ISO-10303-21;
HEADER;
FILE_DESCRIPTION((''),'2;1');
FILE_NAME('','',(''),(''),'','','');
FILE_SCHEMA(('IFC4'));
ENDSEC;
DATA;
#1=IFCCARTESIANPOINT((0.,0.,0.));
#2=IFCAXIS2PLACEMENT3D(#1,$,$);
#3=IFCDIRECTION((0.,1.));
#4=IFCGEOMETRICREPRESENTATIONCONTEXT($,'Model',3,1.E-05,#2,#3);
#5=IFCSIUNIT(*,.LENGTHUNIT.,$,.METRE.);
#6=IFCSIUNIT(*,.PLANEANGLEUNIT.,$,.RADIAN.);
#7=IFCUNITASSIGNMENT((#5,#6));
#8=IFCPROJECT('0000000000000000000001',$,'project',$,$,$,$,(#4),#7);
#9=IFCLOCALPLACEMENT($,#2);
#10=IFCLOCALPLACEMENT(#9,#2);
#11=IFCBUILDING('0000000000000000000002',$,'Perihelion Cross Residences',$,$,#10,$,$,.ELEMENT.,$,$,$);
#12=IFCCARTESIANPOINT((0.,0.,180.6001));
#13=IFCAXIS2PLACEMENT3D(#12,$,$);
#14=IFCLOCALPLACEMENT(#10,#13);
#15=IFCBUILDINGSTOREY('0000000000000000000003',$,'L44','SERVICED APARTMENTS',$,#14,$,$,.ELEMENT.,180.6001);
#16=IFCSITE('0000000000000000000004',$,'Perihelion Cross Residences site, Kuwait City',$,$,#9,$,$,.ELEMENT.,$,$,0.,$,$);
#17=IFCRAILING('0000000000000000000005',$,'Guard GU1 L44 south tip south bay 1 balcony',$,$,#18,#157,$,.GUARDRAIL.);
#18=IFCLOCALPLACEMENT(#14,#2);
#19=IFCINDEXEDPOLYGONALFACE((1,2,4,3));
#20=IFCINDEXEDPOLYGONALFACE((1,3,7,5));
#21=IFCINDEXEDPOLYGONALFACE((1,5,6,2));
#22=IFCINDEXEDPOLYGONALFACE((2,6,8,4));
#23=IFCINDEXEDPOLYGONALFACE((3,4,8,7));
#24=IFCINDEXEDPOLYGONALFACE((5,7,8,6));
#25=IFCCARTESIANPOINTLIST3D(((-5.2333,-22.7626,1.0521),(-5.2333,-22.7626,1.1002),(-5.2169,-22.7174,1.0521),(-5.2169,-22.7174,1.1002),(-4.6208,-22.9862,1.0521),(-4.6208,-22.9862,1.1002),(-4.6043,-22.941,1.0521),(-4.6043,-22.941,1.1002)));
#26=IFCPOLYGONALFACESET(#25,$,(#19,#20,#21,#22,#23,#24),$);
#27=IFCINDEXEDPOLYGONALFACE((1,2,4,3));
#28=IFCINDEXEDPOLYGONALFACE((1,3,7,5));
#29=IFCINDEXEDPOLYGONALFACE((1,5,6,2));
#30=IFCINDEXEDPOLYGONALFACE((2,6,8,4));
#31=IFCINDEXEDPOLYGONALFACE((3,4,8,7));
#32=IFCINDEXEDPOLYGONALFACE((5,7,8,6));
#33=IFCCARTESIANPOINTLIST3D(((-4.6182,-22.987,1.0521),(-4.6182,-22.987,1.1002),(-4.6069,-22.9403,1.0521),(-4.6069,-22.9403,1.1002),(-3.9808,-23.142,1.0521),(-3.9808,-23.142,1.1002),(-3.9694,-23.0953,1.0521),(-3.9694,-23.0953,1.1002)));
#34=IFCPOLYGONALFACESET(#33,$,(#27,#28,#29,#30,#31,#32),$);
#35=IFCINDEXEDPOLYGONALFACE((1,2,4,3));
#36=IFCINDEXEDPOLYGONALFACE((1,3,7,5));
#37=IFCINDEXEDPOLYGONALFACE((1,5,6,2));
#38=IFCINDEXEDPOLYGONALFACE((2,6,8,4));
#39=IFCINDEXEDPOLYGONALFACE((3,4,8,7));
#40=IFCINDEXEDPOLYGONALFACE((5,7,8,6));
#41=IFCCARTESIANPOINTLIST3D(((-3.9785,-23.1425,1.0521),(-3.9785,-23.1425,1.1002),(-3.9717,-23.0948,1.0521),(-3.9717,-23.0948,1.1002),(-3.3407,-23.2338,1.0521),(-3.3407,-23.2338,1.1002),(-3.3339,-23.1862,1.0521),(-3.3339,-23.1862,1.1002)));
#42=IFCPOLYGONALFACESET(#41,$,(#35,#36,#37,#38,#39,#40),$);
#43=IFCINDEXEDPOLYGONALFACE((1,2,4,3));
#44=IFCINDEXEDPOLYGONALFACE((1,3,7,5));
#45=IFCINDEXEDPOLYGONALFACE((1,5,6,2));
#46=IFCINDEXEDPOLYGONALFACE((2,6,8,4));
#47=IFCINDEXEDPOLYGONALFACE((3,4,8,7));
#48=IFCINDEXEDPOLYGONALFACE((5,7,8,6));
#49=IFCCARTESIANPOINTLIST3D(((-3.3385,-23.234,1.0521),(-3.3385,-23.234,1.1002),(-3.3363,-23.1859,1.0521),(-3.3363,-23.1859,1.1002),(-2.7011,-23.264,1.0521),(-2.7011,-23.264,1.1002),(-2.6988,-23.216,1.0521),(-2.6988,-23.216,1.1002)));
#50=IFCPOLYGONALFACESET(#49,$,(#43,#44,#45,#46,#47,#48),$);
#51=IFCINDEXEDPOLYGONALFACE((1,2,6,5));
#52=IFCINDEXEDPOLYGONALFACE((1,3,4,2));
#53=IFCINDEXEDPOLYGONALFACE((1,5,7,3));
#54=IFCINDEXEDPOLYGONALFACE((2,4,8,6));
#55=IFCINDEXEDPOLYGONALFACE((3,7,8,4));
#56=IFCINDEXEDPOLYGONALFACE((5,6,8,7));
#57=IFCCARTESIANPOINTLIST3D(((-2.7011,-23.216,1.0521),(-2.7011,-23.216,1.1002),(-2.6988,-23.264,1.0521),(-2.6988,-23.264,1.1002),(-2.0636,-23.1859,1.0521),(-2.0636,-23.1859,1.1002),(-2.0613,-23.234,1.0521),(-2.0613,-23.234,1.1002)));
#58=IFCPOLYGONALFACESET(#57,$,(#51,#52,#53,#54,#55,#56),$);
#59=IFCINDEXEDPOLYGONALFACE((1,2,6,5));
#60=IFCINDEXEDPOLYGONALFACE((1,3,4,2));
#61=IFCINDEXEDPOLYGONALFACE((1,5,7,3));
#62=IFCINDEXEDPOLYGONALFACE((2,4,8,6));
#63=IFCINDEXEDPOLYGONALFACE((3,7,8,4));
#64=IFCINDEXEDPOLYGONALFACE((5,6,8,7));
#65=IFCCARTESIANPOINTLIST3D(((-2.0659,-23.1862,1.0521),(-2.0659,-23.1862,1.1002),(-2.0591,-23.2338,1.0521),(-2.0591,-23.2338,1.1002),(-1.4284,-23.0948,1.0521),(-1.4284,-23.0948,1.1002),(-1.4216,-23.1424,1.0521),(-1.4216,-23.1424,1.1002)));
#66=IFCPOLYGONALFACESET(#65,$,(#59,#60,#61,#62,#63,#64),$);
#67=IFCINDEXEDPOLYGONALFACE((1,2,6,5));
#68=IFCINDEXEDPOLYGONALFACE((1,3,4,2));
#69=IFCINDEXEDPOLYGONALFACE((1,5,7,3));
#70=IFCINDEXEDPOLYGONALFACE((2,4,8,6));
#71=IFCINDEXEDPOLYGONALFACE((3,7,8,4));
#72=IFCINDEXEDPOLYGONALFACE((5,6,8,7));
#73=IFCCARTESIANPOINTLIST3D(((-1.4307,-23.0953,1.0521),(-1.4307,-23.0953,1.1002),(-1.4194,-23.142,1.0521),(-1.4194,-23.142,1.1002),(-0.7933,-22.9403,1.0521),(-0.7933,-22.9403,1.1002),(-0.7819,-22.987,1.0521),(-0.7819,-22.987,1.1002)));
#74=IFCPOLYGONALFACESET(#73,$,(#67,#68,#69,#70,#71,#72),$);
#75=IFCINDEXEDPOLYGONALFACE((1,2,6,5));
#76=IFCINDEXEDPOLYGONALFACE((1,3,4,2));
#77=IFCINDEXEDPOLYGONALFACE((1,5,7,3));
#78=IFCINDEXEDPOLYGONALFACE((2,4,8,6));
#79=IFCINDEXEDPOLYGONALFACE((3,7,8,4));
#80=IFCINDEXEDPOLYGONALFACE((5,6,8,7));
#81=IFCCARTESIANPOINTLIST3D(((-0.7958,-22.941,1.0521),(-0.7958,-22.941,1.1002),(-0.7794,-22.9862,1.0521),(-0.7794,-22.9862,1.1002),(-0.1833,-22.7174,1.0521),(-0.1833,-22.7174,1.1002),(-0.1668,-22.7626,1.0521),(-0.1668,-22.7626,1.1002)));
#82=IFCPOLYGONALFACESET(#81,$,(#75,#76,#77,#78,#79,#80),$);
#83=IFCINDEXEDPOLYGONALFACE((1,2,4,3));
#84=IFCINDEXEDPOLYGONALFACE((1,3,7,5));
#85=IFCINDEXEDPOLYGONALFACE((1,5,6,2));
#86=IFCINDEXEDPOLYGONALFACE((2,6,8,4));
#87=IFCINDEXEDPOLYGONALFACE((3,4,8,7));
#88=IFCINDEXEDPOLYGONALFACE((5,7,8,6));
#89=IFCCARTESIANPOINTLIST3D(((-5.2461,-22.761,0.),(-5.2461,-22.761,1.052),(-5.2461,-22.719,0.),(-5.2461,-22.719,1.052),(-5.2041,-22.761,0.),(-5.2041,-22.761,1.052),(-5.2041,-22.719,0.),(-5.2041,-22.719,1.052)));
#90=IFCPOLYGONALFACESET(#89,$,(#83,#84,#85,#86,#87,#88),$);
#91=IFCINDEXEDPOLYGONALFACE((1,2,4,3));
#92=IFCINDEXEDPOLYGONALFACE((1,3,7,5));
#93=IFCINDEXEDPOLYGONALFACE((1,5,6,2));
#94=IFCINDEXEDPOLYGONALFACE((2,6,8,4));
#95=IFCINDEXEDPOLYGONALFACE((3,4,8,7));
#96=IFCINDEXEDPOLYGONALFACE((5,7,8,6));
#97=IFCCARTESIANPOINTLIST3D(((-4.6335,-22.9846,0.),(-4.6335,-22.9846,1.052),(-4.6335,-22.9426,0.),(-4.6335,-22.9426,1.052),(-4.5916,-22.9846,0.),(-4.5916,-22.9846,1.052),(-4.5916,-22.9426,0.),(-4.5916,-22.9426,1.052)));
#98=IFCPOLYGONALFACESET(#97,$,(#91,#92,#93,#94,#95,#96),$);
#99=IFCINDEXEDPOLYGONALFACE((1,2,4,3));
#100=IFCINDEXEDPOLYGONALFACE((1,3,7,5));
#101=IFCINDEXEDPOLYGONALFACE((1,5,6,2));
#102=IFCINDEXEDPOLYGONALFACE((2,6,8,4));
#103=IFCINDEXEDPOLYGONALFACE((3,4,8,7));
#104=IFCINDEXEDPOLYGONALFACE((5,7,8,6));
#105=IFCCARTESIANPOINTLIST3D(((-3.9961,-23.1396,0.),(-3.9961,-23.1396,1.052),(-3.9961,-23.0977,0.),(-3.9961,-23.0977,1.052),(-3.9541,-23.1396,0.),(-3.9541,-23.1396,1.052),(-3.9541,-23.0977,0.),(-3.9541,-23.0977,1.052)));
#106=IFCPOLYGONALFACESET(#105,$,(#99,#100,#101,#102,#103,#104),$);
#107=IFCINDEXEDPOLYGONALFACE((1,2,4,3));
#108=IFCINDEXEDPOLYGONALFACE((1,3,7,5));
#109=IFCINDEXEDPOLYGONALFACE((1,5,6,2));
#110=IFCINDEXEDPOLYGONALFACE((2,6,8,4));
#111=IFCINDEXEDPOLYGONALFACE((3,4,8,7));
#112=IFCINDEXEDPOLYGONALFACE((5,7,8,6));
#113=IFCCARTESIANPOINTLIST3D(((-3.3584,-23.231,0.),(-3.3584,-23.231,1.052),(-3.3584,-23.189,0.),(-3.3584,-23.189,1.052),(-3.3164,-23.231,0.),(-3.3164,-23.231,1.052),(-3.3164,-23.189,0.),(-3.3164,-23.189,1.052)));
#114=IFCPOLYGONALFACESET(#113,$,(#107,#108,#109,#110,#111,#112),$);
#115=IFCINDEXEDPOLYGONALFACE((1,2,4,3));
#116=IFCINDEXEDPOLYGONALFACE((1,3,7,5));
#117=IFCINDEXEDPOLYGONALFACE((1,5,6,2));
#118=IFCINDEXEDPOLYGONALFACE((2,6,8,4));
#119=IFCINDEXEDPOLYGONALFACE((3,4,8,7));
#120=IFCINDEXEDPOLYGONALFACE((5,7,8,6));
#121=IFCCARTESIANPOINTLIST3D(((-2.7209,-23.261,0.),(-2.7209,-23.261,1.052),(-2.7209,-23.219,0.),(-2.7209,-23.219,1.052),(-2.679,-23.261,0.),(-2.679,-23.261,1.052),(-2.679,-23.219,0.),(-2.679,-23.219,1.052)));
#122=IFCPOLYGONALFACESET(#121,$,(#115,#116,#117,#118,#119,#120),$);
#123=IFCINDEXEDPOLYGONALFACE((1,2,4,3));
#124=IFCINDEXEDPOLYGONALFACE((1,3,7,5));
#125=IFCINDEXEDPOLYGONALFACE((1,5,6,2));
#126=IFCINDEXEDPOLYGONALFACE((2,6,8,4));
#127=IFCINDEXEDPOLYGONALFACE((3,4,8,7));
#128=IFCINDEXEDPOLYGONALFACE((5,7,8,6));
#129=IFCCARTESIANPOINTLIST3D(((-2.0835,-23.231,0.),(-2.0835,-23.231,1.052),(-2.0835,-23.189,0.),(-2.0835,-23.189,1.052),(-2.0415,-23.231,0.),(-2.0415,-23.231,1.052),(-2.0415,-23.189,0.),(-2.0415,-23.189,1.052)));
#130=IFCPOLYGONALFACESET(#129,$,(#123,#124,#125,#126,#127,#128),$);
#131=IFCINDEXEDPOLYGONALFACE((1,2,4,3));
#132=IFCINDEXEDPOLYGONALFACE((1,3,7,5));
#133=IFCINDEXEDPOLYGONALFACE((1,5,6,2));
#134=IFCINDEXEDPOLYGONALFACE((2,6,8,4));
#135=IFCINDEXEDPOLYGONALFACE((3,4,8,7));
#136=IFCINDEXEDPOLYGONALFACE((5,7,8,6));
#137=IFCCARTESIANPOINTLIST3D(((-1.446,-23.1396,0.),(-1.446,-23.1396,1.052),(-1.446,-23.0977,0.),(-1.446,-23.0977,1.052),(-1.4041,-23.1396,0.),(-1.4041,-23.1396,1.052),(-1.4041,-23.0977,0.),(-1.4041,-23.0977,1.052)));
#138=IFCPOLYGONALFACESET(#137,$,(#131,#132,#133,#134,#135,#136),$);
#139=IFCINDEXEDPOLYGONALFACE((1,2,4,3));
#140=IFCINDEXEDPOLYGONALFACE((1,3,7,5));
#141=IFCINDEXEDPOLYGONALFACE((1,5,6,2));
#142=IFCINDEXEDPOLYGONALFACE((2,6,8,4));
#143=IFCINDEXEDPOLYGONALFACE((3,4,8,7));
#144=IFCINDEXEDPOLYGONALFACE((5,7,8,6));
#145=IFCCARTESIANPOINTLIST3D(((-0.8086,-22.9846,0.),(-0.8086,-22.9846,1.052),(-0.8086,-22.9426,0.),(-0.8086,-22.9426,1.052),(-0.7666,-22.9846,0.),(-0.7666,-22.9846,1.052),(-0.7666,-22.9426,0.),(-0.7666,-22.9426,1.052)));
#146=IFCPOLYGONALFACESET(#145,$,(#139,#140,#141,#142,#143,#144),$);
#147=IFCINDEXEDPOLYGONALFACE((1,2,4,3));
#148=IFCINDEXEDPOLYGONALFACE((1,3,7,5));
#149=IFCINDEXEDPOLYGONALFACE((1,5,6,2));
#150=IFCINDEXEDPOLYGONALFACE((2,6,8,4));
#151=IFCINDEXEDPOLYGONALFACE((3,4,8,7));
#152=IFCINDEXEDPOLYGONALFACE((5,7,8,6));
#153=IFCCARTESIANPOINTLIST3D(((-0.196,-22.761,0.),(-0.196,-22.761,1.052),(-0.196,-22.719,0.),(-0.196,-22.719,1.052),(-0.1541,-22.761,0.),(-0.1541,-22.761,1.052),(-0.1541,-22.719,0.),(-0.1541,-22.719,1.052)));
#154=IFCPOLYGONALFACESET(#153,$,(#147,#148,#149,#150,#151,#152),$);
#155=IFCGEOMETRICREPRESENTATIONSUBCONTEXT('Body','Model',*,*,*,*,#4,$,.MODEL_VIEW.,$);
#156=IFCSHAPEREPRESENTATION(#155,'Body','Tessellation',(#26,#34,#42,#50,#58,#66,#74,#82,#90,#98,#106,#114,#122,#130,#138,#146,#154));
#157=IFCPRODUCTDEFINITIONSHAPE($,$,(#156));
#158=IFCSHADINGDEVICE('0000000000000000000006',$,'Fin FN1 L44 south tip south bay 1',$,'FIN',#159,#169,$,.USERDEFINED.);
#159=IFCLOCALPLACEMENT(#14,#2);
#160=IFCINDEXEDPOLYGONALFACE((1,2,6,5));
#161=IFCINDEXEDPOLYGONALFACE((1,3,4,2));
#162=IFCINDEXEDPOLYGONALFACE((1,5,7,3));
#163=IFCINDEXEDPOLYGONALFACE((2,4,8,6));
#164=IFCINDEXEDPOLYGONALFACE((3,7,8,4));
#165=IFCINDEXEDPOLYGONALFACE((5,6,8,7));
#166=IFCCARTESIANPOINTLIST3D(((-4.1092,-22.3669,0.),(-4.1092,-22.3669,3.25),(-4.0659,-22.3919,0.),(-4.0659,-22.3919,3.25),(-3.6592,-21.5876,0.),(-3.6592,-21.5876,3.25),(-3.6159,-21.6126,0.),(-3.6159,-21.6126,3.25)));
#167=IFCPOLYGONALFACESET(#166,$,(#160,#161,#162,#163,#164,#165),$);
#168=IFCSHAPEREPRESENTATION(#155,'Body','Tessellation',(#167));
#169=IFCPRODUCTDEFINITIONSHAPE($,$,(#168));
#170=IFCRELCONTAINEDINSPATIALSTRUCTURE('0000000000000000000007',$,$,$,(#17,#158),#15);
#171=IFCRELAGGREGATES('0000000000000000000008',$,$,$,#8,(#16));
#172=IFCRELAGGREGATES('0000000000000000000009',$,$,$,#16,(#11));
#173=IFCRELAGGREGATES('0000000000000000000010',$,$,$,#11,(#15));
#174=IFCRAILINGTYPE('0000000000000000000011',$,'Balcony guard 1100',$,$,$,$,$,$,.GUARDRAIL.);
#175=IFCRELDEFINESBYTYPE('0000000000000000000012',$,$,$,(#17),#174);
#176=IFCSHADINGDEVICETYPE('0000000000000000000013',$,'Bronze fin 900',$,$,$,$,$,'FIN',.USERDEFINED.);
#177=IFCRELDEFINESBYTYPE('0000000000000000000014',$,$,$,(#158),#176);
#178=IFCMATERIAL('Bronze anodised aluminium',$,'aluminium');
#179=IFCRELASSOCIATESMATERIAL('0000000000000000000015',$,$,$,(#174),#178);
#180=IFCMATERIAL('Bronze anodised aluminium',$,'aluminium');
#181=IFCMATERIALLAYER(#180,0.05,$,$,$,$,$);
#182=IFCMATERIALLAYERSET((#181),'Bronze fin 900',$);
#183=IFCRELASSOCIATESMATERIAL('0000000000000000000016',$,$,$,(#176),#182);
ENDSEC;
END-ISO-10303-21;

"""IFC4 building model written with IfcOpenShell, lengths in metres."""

from ifc_helpers import new_model, si_unit, direction, frame, origin, origin_2d, place, context, subcontext, project, spatial, rectangle, extrude, material, layer, layer_set, type_object, element, save


model = new_model("IFC4")

# Units and contexts
model_context = context("Model", 3, precision=1e-05, world=origin(), true_north=direction((0.0, 1.0)))
body_context = subcontext(model_context, "Body", "Model", "MODEL_VIEW")
ifc_project = project(units=[si_unit("LENGTHUNIT", "METRE"), si_unit("PLANEANGLEUNIT", "RADIAN")], contexts=[model_context])

# Site, building, storey
site_placement = place(None, origin())
site = spatial("IfcSite", under=ifc_project, at=site_placement, Name="Perihelion Cross Residences site, Kuwait City", CompositionType="ELEMENT", RefElevation=0.0)
building_placement = place(site_placement, origin())
building = spatial("IfcBuilding", under=site, at=building_placement, Name="Perihelion Cross Residences", CompositionType="ELEMENT")
storey_placement = place(building_placement, frame((0.0, 0.0, 180.6001)))
storey = spatial("IfcBuildingStorey", under=building, at=storey_placement, Name="L44", Description="SERVICED APARTMENTS", CompositionType="ELEMENT", Elevation=180.6001)

# Railing
ifc_material_1 = material(Name="Bronze anodised aluminium", Category="aluminium")
railing_type = type_object("IfcRailingType", Name="Balcony guard 1100", PredefinedType="GUARDRAIL", material=ifc_material_1)
railing_placement = place(storey_placement, frame((-5.2251, -22.74, 0.0)))
element("IfcRailing", 1, at=railing_placement, inside=storey, type_object=railing_type, Name="Guard GU1 L44 south tip south bay 1 balcony", PredefinedType="GUARDRAIL", context=body_context, shape_type="SweptSolid", body=[
    extrude(rectangle(XDim=0.0481, YDim=0.0481, at=origin_2d()), frame((0.0, 0.0, 1.0762), z_axis=(0.939355, -0.342945, 0.0), x_axis=(0.342945, 0.939355, 0.0)), (0.0, 0.0, 1.0), 0.6521),
    extrude(rectangle(XDim=0.0481, YDim=0.0481, at=origin_2d()), frame((0.6125, -0.2236, 1.0762), z_axis=(0.971677, -0.236314, 0.0), x_axis=(0.236314, 0.971677, 0.0)), (0.0, 0.0, 1.0), 0.656),
    extrude(rectangle(XDim=0.0481, YDim=0.0481, at=origin_2d()), frame((1.25, -0.3787, 1.0762), z_axis=(0.989904, -0.14174, 0.0), x_axis=(0.14174, 0.989904, 0.0)), (0.0, 0.0, 1.0), 0.6443),
    extrude(rectangle(XDim=0.0481, YDim=0.0481, at=origin_2d()), frame((1.8877, -0.47, 1.0762), z_axis=(0.998892, -0.047056, 0.0), x_axis=(0.047056, 0.998892, 0.0)), (0.0, 0.0, 1.0), 0.6382),
    extrude(rectangle(XDim=0.0481, YDim=0.0481, at=origin_2d()), frame((2.5251, -0.5, 1.0762), z_axis=(0.998892, 0.047056, 0.0), x_axis=(-0.047056, 0.998892, 0.0)), (0.0, 0.0, 1.0), 0.6382),
    extrude(rectangle(XDim=0.0481, YDim=0.0481, at=origin_2d()), frame((3.1626, -0.47, 1.0762), z_axis=(0.989896, 0.141793, 0.0), x_axis=(-0.141793, 0.989896, 0.0)), (0.0, 0.0, 1.0), 0.644),
    extrude(rectangle(XDim=0.0481, YDim=0.0481, at=origin_2d()), frame((3.8, -0.3787, 1.0762), z_axis=(0.971677, 0.236314, 0.0), x_axis=(-0.236314, 0.971677, 0.0)), (0.0, 0.0, 1.0), 0.656),
    extrude(rectangle(XDim=0.0481, YDim=0.0481, at=origin_2d()), frame((4.4375, -0.2236, 1.0762), z_axis=(0.939355, 0.342945, 0.0), x_axis=(-0.342945, 0.939355, 0.0)), (0.0, 0.0, 1.0), 0.6521),
    extrude(rectangle(XDim=0.042, YDim=0.042, at=origin_2d()), origin(), (0.0, 0.0, 1.0), 1.052),
    extrude(rectangle(XDim=0.042, YDim=0.042, at=origin_2d()), frame((0.6125, -0.2236, 0.0)), (0.0, 0.0, 1.0), 1.052),
    extrude(rectangle(XDim=0.042, YDim=0.042, at=origin_2d()), frame((1.25, -0.3787, 0.0)), (0.0, 0.0, 1.0), 1.052),
    extrude(rectangle(XDim=0.042, YDim=0.042, at=origin_2d()), frame((1.8877, -0.47, 0.0)), (0.0, 0.0, 1.0), 1.052),
    extrude(rectangle(XDim=0.042, YDim=0.042, at=origin_2d()), frame((2.5251, -0.5, 0.0)), (0.0, 0.0, 1.0), 1.052),
    extrude(rectangle(XDim=0.042, YDim=0.042, at=origin_2d()), frame((3.1626, -0.47, 0.0)), (0.0, 0.0, 1.0), 1.052),
    extrude(rectangle(XDim=0.042, YDim=0.042, at=origin_2d()), frame((3.8, -0.3787, 0.0)), (0.0, 0.0, 1.0), 1.052),
    extrude(rectangle(XDim=0.042, YDim=0.042, at=origin_2d()), frame((4.4375, -0.2236, 0.0)), (0.0, 0.0, 1.0), 1.052),
    extrude(rectangle(XDim=0.042, YDim=0.042, at=origin_2d()), frame((5.05, 0.0, 0.0)), (0.0, 0.0, 1.0), 1.052),
])

# Shading device
ifc_material_2 = material(Name="Bronze anodised aluminium", Category="aluminium")
ifc_layer_1 = layer(ifc_material_2, 0.05)
ifc_layer_set_1 = layer_set([ifc_layer_1], Name="Bronze fin 900")
shading_device_type = type_object("IfcShadingDeviceType", Name="Bronze fin 900", ElementType="FIN", PredefinedType="USERDEFINED", material=ifc_layer_set_1)
shading_device_placement = place(storey_placement, frame((-3.8625, -21.9897, 0.0), z_axis=(0.0, 0.0, 1.0), x_axis=(-0.5, -0.866025, 0.0)))
element("IfcShadingDevice", 2, at=shading_device_placement, inside=storey, type_object=shading_device_type, Name="Fin FN1 L44 south tip south bay 1", ObjectType="FIN", PredefinedType="USERDEFINED", context=body_context, shape_type="SweptSolid", body=[
    extrude(rectangle(XDim=0.8999, YDim=0.05, at=origin_2d()), origin(), (0.0, 0.0, 1.0), 3.25),
])

save(model, "model.ifc")
